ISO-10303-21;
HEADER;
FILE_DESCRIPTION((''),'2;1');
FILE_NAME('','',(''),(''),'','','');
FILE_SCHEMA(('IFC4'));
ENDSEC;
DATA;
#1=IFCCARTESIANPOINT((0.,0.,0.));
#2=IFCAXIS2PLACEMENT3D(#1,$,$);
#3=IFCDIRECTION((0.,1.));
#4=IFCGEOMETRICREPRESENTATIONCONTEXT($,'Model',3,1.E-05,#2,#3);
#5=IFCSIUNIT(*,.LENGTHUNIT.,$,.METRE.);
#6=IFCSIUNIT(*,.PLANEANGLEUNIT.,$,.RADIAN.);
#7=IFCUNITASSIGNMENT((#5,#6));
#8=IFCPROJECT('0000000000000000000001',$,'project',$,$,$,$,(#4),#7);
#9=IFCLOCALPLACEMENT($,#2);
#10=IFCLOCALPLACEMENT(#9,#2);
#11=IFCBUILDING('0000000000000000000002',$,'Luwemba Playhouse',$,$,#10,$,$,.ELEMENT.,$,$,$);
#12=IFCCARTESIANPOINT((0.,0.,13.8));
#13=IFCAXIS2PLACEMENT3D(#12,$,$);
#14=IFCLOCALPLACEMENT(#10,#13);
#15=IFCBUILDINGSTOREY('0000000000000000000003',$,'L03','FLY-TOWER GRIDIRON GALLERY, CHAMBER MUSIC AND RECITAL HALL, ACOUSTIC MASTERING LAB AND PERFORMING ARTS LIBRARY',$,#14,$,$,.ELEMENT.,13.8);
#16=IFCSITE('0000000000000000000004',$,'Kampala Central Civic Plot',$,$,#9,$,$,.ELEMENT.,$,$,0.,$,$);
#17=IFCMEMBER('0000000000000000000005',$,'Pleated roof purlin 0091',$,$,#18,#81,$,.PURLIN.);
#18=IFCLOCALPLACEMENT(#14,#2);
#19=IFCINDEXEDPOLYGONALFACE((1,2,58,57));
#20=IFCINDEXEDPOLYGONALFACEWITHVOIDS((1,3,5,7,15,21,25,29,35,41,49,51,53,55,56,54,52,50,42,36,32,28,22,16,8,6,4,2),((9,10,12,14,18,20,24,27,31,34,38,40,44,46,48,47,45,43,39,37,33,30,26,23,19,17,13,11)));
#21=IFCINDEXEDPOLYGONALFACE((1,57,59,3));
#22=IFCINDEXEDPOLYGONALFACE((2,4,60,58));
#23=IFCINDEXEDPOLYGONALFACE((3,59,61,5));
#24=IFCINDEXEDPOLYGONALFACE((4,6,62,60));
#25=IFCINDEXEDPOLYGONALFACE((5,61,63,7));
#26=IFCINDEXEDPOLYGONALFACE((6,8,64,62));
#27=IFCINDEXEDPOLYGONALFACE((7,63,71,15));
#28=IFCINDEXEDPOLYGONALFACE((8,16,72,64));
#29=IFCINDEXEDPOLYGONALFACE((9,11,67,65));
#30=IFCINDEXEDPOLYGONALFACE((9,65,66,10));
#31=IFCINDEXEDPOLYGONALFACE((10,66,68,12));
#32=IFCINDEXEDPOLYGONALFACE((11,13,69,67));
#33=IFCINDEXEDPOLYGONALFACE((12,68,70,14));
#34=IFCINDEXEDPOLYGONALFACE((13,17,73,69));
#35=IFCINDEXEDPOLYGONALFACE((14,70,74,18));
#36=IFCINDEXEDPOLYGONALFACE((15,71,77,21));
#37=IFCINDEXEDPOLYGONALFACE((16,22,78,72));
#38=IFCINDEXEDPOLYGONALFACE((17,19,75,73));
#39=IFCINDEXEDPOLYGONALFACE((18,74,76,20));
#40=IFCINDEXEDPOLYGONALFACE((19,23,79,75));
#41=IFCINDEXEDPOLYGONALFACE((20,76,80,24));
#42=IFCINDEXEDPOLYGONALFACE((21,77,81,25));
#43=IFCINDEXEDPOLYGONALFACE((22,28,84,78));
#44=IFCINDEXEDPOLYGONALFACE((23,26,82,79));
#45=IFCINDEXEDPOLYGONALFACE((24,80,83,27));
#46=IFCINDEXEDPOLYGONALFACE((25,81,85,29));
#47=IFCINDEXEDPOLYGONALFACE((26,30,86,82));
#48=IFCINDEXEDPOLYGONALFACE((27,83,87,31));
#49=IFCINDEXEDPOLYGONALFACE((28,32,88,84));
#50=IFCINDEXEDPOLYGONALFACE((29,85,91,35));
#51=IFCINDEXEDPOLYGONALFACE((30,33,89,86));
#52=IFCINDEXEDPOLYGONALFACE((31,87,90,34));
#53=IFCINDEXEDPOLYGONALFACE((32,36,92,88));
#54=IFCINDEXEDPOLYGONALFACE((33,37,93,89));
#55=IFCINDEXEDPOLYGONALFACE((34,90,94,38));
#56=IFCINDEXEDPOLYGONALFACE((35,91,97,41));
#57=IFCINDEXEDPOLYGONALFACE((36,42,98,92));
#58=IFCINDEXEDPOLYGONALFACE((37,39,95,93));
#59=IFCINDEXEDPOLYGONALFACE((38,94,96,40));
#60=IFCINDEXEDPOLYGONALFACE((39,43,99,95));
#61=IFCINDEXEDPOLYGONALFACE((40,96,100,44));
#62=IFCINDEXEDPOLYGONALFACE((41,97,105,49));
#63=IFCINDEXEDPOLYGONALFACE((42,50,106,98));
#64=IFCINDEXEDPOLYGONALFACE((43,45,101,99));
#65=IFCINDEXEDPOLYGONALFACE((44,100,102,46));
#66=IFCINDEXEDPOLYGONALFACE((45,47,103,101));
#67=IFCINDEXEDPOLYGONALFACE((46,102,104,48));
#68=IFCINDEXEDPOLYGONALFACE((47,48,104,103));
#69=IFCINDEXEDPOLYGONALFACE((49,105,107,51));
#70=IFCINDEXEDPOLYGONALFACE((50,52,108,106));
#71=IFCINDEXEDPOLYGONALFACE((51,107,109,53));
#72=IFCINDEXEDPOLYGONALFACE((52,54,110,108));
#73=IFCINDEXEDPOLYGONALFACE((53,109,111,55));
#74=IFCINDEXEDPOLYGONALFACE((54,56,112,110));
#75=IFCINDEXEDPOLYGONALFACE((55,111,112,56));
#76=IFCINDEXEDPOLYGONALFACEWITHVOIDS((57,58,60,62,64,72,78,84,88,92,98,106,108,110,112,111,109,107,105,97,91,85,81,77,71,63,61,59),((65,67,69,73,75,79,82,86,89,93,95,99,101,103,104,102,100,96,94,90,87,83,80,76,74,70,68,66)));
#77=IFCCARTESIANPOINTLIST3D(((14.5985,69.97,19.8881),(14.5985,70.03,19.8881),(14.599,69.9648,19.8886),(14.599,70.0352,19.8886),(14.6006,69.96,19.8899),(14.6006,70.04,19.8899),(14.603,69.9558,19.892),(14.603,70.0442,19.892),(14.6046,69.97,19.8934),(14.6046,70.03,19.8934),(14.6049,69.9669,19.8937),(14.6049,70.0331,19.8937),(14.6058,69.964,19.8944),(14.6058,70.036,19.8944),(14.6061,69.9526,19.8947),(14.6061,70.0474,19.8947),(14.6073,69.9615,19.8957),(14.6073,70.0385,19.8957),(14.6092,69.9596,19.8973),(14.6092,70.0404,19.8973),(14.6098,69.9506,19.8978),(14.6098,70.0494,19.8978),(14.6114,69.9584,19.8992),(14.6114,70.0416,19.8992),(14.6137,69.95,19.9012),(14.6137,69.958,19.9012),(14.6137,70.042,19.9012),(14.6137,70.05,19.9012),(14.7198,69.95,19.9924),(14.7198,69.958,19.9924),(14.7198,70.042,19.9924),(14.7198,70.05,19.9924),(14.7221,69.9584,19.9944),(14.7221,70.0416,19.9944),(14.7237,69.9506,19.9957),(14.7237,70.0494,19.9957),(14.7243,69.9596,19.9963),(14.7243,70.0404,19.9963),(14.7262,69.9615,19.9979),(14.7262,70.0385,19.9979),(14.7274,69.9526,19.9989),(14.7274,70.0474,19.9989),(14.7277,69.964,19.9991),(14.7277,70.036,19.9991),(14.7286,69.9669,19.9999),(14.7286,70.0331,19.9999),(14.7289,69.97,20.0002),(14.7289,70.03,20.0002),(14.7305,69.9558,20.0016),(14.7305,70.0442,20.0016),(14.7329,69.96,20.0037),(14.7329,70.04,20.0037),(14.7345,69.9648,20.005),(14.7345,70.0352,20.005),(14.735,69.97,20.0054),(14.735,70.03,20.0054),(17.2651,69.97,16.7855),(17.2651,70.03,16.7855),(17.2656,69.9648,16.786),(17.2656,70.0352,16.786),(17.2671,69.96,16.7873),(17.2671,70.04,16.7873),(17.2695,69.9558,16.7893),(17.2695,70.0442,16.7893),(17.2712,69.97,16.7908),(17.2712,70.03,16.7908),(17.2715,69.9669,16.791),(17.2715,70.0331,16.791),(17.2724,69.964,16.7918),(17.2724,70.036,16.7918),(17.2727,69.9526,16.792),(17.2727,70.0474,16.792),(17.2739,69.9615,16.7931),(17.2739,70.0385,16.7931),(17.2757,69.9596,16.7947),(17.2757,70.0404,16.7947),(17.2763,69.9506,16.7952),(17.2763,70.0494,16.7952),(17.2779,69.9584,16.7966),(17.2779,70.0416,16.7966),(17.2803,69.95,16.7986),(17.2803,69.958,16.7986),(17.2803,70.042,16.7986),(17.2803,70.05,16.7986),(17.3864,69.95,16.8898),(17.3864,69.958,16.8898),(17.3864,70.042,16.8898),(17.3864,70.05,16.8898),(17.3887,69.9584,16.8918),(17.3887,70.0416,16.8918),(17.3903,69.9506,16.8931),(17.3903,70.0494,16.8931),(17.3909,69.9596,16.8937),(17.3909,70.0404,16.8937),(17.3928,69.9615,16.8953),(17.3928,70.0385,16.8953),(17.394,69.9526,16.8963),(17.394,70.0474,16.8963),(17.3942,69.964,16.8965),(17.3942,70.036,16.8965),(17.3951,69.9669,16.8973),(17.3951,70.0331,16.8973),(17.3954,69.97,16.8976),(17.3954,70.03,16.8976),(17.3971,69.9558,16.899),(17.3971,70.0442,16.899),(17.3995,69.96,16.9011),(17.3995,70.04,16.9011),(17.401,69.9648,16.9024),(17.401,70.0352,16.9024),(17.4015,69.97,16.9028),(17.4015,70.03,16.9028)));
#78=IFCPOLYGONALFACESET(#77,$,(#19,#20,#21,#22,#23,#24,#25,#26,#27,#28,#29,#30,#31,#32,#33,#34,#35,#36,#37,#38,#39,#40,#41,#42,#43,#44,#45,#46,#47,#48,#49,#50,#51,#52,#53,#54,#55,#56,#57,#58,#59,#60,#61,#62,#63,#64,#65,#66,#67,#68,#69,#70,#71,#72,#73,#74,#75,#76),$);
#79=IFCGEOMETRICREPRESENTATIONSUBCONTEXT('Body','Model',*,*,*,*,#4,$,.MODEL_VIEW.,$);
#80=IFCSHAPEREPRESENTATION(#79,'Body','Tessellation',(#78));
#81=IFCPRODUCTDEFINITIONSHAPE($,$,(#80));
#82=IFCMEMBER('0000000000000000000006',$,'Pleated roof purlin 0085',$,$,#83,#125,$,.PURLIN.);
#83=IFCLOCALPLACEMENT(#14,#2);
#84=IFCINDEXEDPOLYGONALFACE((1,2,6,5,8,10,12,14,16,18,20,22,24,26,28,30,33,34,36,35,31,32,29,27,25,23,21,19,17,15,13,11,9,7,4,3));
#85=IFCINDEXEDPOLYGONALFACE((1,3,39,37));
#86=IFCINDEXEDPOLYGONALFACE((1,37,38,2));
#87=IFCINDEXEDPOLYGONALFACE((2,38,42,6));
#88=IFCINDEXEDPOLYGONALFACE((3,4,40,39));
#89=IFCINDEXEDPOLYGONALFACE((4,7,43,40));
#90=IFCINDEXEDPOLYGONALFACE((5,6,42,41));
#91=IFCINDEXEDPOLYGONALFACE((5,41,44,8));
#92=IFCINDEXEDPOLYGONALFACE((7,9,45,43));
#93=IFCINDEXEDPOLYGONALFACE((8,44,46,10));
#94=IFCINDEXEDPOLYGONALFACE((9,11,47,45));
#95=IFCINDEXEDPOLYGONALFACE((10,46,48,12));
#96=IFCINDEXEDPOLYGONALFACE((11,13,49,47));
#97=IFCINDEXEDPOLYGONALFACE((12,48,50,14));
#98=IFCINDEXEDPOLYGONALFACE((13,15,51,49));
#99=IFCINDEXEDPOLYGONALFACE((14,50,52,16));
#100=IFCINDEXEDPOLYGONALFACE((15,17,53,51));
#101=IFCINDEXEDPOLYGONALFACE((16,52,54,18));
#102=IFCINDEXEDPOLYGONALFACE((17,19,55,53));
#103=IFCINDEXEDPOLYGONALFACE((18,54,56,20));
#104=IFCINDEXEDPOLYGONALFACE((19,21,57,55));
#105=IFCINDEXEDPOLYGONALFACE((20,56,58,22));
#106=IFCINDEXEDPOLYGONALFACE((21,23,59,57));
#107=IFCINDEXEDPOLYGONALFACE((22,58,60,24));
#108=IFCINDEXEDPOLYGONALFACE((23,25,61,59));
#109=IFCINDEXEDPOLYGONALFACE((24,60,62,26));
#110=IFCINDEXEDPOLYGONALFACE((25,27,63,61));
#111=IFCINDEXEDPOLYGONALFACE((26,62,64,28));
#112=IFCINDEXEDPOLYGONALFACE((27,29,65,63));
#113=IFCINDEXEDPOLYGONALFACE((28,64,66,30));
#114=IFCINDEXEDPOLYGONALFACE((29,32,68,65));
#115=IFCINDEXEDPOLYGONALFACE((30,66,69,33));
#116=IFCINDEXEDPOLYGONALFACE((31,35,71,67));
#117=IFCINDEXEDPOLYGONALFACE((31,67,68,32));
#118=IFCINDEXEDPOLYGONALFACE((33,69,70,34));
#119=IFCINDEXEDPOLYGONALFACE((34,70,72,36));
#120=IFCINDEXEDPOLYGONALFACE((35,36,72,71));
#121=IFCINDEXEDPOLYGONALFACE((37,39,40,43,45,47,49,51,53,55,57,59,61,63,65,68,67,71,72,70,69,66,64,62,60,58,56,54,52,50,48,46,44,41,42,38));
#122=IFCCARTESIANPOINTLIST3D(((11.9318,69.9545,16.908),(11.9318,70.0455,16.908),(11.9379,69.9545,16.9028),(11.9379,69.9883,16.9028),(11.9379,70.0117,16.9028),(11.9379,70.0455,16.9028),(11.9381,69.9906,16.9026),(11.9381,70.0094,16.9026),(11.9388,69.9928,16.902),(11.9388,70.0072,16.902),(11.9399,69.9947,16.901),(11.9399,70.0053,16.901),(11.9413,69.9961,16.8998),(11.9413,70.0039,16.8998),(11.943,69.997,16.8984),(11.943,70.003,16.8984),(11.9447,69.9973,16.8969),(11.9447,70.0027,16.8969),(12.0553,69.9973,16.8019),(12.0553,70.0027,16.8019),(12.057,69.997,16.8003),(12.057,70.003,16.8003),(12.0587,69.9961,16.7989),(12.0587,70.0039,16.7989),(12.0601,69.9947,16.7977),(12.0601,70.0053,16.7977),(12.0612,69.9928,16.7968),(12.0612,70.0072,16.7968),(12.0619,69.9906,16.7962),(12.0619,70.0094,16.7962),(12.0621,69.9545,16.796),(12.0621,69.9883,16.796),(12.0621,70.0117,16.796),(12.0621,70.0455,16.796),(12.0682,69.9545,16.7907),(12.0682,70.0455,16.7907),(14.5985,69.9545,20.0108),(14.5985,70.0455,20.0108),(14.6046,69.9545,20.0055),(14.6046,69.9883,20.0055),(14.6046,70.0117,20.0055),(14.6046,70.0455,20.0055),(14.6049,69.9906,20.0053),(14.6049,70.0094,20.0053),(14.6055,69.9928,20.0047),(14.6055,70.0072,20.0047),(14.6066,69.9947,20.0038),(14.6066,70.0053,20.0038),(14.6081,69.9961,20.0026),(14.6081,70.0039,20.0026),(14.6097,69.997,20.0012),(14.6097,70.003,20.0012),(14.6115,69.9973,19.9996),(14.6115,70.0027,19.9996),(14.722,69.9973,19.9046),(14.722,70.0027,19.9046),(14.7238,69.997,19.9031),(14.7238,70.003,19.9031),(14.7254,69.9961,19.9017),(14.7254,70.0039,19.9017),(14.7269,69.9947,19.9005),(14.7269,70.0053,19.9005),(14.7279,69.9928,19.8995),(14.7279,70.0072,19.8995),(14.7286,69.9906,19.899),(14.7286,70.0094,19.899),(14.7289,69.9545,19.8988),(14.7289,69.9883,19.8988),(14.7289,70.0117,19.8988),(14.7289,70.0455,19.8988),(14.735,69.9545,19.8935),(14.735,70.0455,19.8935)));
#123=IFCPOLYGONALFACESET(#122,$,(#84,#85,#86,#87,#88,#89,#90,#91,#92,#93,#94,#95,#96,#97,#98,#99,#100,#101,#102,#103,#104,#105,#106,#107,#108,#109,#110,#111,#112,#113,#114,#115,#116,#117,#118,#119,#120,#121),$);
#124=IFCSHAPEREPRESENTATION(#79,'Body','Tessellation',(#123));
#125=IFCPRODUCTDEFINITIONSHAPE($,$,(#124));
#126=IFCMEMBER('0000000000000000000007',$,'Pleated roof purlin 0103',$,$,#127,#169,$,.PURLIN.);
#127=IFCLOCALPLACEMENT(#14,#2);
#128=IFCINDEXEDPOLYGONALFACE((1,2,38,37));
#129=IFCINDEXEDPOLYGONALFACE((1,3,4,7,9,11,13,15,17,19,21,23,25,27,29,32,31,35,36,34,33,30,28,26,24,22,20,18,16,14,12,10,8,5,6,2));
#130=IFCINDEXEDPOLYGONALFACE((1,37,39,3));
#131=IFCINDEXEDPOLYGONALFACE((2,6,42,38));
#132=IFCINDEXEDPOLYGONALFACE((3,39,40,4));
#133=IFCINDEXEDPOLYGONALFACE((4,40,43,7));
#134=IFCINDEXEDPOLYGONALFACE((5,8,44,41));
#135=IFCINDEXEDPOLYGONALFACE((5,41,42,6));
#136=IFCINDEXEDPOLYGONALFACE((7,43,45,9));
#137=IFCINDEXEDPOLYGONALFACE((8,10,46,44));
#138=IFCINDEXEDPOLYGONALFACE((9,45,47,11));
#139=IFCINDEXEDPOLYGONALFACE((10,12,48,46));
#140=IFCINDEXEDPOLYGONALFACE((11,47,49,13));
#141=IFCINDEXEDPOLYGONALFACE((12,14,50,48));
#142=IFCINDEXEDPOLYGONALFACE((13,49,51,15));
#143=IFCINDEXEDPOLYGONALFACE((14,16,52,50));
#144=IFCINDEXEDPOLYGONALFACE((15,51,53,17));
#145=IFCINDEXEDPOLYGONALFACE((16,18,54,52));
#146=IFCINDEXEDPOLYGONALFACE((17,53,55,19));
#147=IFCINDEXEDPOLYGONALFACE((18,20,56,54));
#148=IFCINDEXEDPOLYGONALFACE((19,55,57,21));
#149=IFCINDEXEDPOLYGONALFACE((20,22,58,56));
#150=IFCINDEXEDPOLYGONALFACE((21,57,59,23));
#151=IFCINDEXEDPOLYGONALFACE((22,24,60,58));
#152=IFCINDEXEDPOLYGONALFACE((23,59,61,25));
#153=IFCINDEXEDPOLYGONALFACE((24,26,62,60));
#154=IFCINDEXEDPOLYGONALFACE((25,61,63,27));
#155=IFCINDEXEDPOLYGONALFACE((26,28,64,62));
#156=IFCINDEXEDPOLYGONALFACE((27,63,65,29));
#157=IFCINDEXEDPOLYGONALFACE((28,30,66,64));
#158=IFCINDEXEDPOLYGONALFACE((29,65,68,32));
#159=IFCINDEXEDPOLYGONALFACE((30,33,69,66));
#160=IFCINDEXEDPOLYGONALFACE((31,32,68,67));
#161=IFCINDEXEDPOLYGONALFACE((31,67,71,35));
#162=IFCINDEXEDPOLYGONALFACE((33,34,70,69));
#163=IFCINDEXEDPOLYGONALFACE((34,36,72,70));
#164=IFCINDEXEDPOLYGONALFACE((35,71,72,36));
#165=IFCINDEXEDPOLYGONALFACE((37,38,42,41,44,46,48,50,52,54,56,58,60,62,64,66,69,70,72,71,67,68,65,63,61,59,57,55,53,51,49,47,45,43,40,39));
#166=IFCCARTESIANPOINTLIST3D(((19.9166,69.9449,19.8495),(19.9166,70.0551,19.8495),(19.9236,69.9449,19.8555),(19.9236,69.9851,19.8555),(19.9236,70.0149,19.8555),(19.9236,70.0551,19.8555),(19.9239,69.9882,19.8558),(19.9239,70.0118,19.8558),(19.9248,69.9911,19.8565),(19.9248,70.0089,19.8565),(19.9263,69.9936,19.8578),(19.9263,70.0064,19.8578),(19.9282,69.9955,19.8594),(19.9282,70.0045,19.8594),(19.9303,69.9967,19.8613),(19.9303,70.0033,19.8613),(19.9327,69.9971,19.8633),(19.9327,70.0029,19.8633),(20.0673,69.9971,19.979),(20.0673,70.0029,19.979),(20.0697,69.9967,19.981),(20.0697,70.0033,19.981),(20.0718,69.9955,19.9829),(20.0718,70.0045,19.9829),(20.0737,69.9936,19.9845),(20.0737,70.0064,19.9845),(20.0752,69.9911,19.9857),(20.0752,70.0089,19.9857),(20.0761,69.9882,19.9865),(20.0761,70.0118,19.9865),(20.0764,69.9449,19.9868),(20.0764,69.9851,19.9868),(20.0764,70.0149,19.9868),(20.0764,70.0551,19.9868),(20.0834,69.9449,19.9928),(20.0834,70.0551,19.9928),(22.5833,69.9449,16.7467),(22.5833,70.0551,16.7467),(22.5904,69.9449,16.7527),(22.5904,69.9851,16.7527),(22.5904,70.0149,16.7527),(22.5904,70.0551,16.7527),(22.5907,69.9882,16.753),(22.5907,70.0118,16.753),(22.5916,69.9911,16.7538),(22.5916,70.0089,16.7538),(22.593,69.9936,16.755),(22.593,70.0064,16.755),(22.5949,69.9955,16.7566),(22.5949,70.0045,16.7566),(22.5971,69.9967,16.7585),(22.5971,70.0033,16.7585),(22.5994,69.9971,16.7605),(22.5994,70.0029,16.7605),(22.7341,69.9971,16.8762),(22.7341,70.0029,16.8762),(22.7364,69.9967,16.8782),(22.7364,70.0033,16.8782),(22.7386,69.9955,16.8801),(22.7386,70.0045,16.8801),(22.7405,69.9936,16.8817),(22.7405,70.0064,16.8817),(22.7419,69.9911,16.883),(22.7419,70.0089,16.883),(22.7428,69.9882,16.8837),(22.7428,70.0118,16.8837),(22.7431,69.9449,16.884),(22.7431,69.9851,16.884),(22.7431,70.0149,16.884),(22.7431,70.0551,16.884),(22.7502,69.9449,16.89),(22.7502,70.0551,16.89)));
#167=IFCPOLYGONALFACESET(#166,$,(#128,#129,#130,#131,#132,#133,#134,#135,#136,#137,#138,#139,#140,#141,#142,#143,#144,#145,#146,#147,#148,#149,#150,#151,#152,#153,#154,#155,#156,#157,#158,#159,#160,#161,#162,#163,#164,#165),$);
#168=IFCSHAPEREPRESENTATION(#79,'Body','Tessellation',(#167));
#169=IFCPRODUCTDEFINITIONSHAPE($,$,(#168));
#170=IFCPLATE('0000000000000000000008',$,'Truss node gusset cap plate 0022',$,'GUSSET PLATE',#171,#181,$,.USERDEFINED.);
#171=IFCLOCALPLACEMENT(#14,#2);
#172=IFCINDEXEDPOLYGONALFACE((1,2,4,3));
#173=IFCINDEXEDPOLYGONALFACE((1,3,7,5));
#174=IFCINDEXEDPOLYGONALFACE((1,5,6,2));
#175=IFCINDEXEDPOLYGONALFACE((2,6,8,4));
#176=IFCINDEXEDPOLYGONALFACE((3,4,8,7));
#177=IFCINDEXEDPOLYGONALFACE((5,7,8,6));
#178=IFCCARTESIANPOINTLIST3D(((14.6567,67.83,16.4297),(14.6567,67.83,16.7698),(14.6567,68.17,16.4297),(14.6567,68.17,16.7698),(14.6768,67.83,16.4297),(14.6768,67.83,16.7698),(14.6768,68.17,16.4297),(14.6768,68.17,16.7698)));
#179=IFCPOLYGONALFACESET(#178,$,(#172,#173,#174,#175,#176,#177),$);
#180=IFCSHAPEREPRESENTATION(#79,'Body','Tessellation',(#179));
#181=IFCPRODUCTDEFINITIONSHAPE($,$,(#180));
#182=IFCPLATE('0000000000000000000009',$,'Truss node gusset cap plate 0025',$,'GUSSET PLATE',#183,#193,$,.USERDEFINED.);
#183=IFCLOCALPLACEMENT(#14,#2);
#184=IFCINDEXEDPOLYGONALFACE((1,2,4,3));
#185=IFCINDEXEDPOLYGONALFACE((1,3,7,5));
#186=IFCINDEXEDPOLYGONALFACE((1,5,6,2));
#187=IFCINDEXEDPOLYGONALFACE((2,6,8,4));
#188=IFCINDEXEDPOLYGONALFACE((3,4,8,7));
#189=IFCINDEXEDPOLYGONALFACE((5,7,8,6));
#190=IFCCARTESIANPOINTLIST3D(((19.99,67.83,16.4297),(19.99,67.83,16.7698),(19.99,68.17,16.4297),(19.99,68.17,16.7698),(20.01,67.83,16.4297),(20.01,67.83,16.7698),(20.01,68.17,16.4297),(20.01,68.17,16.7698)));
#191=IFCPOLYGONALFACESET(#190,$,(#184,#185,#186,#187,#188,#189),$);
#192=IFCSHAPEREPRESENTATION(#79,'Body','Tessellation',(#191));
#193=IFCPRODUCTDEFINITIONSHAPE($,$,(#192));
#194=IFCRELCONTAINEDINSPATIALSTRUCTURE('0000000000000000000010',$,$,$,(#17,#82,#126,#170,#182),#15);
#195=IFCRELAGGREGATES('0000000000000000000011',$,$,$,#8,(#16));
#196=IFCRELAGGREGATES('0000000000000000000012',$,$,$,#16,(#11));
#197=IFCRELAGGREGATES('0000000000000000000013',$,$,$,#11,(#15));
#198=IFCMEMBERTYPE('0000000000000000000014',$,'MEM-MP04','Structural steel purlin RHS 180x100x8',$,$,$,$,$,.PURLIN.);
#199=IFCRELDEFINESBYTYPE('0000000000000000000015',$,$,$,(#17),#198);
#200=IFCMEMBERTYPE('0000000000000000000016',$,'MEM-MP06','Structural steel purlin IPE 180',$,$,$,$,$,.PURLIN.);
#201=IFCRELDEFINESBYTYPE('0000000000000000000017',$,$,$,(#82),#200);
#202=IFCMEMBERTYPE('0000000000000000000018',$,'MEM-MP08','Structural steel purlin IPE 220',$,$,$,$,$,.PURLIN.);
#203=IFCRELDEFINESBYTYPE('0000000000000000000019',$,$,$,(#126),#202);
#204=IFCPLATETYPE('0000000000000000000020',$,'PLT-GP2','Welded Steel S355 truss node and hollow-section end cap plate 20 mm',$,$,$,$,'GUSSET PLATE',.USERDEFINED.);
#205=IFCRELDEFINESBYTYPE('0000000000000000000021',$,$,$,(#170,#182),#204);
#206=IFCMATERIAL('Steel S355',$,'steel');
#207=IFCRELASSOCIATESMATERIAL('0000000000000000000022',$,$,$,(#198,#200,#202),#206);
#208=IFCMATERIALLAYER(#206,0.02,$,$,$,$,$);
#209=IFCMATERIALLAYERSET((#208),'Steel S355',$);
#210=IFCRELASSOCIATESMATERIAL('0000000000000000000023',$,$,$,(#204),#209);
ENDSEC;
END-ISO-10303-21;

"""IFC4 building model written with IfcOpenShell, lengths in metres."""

from ifc_helpers import new_model, si_unit, direction, frame, origin, origin_2d, place, context, subcontext, project, spatial, rectangle, hollow_rectangle, i_section, extrude, material, layer, layer_set, material_profile, profile_set, type_object, element, save


model = new_model("IFC4")

# Units and contexts
model_context = context("Model", 3, precision=1e-05, world=origin(), true_north=direction((0.0, 1.0)))
body_context = subcontext(model_context, "Body", "Model", "MODEL_VIEW")
ifc_project = project(units=[si_unit("LENGTHUNIT", "METRE"), si_unit("PLANEANGLEUNIT", "RADIAN")], contexts=[model_context])

# Site, building, storey
site_placement = place(None, origin())
site = spatial("IfcSite", under=ifc_project, at=site_placement, Name="Kampala Central Civic Plot", CompositionType="ELEMENT", RefElevation=0.0)
building_placement = place(site_placement, origin())
building = spatial("IfcBuilding", under=site, at=building_placement, Name="Luwemba Playhouse", CompositionType="ELEMENT")
storey_placement = place(building_placement, frame((0.0, 0.0, 13.8)))
storey = spatial("IfcBuildingStorey", under=building, at=storey_placement, Name="L03", Description="FLY-TOWER GRIDIRON GALLERY, CHAMBER MUSIC AND RECITAL HALL, ACOUSTIC MASTERING LAB AND PERFORMING ARTS LIBRARY", CompositionType="ELEMENT", Elevation=13.8)

# Shared definitions
ifc_material_1 = material(Name="Steel S355", Category="steel")

# Members
ifc_material_profile_1 = material_profile(ifc_material_1, hollow_rectangle(XDim=0.1001, YDim=0.1799, WallThickness=0.0081, InnerFilletRadius=0.012, OuterFilletRadius=0.02, at=origin_2d()))
ifc_profile_set_1 = profile_set([ifc_material_profile_1], Name="Steel S355")
member_type_1 = type_object("IfcMemberType", Name="MEM-MP04", Description="Structural steel purlin RHS 180x100x8", PredefinedType="PURLIN", material=ifc_profile_set_1)
member_1_placement = place(storey_placement, frame((14.6667, 70.0, 19.9468), z_axis=(0.651803, 0.0, -0.758388), x_axis=(0.0, 1.0, 0.0)))
element("IfcMember", 1, at=member_1_placement, inside=storey, type_object=member_type_1, Name="Pleated roof purlin 0091", PredefinedType="PURLIN", context=body_context, shape_type="SweptSolid", body=[
    extrude(hollow_rectangle(XDim=0.1001, YDim=0.1799, WallThickness=0.0081, InnerFilletRadius=0.012, OuterFilletRadius=0.02, at=origin_2d()), origin(), (0.0, 0.0, 1.0), 4.0911),
])
ifc_material_profile_2 = material_profile(ifc_material_1, i_section(OverallWidth=0.0911, OverallDepth=0.1799, WebThickness=0.0054, FlangeThickness=0.0081, FilletRadius=0.009, at=origin_2d()))
ifc_profile_set_2 = profile_set([ifc_material_profile_2], Name="Steel S355")
member_type_2 = type_object("IfcMemberType", Name="MEM-MP06", Description="Structural steel purlin IPE 180", PredefinedType="PURLIN", material=ifc_profile_set_2)
member_2_placement = place(storey_placement, frame((12.0, 70.0, 16.8494), z_axis=(0.651808, 0.0, 0.758384), x_axis=(0.0, 1.0, 0.0)))
element("IfcMember", 2, at=member_2_placement, inside=storey, type_object=member_type_2, Name="Pleated roof purlin 0085", PredefinedType="PURLIN", context=body_context, shape_type="SweptSolid", body=[
    extrude(i_section(OverallWidth=0.0911, OverallDepth=0.1799, WebThickness=0.0054, FlangeThickness=0.0081, FilletRadius=0.009, at=origin_2d()), origin(), (0.0, 0.0, 1.0), 4.0913),
])
ifc_material_profile_3 = material_profile(ifc_material_1, i_section(OverallWidth=0.1101, OverallDepth=0.22, WebThickness=0.0059, FlangeThickness=0.0093, FilletRadius=0.012, at=origin_2d()))
ifc_profile_set_3 = profile_set([ifc_material_profile_3], Name="Steel S355")
member_type_3 = type_object("IfcMemberType", Name="MEM-MP08", Description="Structural steel purlin IPE 220", PredefinedType="PURLIN", material=ifc_profile_set_3)
member_3_placement = place(storey_placement, frame((20.0, 70.0, 19.9211), z_axis=(0.651808, 0.0, -0.758384), x_axis=(0.0, 1.0, 0.0)))
element("IfcMember", 3, at=member_3_placement, inside=storey, type_object=member_type_3, Name="Pleated roof purlin 0103", PredefinedType="PURLIN", context=body_context, shape_type="SweptSolid", body=[
    extrude(i_section(OverallWidth=0.1101, OverallDepth=0.22, WebThickness=0.0059, FlangeThickness=0.0093, FilletRadius=0.012, at=origin_2d()), origin(), (0.0, 0.0, 1.0), 4.0913),
])

# Plates
ifc_layer_1 = layer(ifc_material_1, 0.02)
ifc_layer_set_1 = layer_set([ifc_layer_1], Name="Steel S355")
plate_type = type_object("IfcPlateType", Name="PLT-GP2", Description="Welded Steel S355 truss node and hollow-section end cap plate 20 mm", ElementType="GUSSET PLATE", PredefinedType="USERDEFINED", material=ifc_layer_set_1)
for number, where, z_axis, x_axis, name in (
    (4, (14.6667, 68.0, 16.4297), (0.0, 0.0, 1.0), (1.0, 0.0, 0.0), "Truss node gusset cap plate 0022"),
    (5, (20.0, 68.0, 16.4297), (0.0, 0.0, 1.0), (1.0, 0.0, 0.0), "Truss node gusset cap plate 0025"),
):
    element("IfcPlate", number, at=place(storey_placement, frame(where, z_axis=z_axis, x_axis=x_axis)), inside=storey, type_object=plate_type, Name=name, ObjectType="GUSSET PLATE", PredefinedType="USERDEFINED", context=body_context, shape_type="SweptSolid", body=[
        extrude(rectangle(XDim=0.02, YDim=0.3401, at=origin_2d()), origin(), (0.0, 0.0, 1.0), 0.3401),
    ])

save(model, "model.ifc")
